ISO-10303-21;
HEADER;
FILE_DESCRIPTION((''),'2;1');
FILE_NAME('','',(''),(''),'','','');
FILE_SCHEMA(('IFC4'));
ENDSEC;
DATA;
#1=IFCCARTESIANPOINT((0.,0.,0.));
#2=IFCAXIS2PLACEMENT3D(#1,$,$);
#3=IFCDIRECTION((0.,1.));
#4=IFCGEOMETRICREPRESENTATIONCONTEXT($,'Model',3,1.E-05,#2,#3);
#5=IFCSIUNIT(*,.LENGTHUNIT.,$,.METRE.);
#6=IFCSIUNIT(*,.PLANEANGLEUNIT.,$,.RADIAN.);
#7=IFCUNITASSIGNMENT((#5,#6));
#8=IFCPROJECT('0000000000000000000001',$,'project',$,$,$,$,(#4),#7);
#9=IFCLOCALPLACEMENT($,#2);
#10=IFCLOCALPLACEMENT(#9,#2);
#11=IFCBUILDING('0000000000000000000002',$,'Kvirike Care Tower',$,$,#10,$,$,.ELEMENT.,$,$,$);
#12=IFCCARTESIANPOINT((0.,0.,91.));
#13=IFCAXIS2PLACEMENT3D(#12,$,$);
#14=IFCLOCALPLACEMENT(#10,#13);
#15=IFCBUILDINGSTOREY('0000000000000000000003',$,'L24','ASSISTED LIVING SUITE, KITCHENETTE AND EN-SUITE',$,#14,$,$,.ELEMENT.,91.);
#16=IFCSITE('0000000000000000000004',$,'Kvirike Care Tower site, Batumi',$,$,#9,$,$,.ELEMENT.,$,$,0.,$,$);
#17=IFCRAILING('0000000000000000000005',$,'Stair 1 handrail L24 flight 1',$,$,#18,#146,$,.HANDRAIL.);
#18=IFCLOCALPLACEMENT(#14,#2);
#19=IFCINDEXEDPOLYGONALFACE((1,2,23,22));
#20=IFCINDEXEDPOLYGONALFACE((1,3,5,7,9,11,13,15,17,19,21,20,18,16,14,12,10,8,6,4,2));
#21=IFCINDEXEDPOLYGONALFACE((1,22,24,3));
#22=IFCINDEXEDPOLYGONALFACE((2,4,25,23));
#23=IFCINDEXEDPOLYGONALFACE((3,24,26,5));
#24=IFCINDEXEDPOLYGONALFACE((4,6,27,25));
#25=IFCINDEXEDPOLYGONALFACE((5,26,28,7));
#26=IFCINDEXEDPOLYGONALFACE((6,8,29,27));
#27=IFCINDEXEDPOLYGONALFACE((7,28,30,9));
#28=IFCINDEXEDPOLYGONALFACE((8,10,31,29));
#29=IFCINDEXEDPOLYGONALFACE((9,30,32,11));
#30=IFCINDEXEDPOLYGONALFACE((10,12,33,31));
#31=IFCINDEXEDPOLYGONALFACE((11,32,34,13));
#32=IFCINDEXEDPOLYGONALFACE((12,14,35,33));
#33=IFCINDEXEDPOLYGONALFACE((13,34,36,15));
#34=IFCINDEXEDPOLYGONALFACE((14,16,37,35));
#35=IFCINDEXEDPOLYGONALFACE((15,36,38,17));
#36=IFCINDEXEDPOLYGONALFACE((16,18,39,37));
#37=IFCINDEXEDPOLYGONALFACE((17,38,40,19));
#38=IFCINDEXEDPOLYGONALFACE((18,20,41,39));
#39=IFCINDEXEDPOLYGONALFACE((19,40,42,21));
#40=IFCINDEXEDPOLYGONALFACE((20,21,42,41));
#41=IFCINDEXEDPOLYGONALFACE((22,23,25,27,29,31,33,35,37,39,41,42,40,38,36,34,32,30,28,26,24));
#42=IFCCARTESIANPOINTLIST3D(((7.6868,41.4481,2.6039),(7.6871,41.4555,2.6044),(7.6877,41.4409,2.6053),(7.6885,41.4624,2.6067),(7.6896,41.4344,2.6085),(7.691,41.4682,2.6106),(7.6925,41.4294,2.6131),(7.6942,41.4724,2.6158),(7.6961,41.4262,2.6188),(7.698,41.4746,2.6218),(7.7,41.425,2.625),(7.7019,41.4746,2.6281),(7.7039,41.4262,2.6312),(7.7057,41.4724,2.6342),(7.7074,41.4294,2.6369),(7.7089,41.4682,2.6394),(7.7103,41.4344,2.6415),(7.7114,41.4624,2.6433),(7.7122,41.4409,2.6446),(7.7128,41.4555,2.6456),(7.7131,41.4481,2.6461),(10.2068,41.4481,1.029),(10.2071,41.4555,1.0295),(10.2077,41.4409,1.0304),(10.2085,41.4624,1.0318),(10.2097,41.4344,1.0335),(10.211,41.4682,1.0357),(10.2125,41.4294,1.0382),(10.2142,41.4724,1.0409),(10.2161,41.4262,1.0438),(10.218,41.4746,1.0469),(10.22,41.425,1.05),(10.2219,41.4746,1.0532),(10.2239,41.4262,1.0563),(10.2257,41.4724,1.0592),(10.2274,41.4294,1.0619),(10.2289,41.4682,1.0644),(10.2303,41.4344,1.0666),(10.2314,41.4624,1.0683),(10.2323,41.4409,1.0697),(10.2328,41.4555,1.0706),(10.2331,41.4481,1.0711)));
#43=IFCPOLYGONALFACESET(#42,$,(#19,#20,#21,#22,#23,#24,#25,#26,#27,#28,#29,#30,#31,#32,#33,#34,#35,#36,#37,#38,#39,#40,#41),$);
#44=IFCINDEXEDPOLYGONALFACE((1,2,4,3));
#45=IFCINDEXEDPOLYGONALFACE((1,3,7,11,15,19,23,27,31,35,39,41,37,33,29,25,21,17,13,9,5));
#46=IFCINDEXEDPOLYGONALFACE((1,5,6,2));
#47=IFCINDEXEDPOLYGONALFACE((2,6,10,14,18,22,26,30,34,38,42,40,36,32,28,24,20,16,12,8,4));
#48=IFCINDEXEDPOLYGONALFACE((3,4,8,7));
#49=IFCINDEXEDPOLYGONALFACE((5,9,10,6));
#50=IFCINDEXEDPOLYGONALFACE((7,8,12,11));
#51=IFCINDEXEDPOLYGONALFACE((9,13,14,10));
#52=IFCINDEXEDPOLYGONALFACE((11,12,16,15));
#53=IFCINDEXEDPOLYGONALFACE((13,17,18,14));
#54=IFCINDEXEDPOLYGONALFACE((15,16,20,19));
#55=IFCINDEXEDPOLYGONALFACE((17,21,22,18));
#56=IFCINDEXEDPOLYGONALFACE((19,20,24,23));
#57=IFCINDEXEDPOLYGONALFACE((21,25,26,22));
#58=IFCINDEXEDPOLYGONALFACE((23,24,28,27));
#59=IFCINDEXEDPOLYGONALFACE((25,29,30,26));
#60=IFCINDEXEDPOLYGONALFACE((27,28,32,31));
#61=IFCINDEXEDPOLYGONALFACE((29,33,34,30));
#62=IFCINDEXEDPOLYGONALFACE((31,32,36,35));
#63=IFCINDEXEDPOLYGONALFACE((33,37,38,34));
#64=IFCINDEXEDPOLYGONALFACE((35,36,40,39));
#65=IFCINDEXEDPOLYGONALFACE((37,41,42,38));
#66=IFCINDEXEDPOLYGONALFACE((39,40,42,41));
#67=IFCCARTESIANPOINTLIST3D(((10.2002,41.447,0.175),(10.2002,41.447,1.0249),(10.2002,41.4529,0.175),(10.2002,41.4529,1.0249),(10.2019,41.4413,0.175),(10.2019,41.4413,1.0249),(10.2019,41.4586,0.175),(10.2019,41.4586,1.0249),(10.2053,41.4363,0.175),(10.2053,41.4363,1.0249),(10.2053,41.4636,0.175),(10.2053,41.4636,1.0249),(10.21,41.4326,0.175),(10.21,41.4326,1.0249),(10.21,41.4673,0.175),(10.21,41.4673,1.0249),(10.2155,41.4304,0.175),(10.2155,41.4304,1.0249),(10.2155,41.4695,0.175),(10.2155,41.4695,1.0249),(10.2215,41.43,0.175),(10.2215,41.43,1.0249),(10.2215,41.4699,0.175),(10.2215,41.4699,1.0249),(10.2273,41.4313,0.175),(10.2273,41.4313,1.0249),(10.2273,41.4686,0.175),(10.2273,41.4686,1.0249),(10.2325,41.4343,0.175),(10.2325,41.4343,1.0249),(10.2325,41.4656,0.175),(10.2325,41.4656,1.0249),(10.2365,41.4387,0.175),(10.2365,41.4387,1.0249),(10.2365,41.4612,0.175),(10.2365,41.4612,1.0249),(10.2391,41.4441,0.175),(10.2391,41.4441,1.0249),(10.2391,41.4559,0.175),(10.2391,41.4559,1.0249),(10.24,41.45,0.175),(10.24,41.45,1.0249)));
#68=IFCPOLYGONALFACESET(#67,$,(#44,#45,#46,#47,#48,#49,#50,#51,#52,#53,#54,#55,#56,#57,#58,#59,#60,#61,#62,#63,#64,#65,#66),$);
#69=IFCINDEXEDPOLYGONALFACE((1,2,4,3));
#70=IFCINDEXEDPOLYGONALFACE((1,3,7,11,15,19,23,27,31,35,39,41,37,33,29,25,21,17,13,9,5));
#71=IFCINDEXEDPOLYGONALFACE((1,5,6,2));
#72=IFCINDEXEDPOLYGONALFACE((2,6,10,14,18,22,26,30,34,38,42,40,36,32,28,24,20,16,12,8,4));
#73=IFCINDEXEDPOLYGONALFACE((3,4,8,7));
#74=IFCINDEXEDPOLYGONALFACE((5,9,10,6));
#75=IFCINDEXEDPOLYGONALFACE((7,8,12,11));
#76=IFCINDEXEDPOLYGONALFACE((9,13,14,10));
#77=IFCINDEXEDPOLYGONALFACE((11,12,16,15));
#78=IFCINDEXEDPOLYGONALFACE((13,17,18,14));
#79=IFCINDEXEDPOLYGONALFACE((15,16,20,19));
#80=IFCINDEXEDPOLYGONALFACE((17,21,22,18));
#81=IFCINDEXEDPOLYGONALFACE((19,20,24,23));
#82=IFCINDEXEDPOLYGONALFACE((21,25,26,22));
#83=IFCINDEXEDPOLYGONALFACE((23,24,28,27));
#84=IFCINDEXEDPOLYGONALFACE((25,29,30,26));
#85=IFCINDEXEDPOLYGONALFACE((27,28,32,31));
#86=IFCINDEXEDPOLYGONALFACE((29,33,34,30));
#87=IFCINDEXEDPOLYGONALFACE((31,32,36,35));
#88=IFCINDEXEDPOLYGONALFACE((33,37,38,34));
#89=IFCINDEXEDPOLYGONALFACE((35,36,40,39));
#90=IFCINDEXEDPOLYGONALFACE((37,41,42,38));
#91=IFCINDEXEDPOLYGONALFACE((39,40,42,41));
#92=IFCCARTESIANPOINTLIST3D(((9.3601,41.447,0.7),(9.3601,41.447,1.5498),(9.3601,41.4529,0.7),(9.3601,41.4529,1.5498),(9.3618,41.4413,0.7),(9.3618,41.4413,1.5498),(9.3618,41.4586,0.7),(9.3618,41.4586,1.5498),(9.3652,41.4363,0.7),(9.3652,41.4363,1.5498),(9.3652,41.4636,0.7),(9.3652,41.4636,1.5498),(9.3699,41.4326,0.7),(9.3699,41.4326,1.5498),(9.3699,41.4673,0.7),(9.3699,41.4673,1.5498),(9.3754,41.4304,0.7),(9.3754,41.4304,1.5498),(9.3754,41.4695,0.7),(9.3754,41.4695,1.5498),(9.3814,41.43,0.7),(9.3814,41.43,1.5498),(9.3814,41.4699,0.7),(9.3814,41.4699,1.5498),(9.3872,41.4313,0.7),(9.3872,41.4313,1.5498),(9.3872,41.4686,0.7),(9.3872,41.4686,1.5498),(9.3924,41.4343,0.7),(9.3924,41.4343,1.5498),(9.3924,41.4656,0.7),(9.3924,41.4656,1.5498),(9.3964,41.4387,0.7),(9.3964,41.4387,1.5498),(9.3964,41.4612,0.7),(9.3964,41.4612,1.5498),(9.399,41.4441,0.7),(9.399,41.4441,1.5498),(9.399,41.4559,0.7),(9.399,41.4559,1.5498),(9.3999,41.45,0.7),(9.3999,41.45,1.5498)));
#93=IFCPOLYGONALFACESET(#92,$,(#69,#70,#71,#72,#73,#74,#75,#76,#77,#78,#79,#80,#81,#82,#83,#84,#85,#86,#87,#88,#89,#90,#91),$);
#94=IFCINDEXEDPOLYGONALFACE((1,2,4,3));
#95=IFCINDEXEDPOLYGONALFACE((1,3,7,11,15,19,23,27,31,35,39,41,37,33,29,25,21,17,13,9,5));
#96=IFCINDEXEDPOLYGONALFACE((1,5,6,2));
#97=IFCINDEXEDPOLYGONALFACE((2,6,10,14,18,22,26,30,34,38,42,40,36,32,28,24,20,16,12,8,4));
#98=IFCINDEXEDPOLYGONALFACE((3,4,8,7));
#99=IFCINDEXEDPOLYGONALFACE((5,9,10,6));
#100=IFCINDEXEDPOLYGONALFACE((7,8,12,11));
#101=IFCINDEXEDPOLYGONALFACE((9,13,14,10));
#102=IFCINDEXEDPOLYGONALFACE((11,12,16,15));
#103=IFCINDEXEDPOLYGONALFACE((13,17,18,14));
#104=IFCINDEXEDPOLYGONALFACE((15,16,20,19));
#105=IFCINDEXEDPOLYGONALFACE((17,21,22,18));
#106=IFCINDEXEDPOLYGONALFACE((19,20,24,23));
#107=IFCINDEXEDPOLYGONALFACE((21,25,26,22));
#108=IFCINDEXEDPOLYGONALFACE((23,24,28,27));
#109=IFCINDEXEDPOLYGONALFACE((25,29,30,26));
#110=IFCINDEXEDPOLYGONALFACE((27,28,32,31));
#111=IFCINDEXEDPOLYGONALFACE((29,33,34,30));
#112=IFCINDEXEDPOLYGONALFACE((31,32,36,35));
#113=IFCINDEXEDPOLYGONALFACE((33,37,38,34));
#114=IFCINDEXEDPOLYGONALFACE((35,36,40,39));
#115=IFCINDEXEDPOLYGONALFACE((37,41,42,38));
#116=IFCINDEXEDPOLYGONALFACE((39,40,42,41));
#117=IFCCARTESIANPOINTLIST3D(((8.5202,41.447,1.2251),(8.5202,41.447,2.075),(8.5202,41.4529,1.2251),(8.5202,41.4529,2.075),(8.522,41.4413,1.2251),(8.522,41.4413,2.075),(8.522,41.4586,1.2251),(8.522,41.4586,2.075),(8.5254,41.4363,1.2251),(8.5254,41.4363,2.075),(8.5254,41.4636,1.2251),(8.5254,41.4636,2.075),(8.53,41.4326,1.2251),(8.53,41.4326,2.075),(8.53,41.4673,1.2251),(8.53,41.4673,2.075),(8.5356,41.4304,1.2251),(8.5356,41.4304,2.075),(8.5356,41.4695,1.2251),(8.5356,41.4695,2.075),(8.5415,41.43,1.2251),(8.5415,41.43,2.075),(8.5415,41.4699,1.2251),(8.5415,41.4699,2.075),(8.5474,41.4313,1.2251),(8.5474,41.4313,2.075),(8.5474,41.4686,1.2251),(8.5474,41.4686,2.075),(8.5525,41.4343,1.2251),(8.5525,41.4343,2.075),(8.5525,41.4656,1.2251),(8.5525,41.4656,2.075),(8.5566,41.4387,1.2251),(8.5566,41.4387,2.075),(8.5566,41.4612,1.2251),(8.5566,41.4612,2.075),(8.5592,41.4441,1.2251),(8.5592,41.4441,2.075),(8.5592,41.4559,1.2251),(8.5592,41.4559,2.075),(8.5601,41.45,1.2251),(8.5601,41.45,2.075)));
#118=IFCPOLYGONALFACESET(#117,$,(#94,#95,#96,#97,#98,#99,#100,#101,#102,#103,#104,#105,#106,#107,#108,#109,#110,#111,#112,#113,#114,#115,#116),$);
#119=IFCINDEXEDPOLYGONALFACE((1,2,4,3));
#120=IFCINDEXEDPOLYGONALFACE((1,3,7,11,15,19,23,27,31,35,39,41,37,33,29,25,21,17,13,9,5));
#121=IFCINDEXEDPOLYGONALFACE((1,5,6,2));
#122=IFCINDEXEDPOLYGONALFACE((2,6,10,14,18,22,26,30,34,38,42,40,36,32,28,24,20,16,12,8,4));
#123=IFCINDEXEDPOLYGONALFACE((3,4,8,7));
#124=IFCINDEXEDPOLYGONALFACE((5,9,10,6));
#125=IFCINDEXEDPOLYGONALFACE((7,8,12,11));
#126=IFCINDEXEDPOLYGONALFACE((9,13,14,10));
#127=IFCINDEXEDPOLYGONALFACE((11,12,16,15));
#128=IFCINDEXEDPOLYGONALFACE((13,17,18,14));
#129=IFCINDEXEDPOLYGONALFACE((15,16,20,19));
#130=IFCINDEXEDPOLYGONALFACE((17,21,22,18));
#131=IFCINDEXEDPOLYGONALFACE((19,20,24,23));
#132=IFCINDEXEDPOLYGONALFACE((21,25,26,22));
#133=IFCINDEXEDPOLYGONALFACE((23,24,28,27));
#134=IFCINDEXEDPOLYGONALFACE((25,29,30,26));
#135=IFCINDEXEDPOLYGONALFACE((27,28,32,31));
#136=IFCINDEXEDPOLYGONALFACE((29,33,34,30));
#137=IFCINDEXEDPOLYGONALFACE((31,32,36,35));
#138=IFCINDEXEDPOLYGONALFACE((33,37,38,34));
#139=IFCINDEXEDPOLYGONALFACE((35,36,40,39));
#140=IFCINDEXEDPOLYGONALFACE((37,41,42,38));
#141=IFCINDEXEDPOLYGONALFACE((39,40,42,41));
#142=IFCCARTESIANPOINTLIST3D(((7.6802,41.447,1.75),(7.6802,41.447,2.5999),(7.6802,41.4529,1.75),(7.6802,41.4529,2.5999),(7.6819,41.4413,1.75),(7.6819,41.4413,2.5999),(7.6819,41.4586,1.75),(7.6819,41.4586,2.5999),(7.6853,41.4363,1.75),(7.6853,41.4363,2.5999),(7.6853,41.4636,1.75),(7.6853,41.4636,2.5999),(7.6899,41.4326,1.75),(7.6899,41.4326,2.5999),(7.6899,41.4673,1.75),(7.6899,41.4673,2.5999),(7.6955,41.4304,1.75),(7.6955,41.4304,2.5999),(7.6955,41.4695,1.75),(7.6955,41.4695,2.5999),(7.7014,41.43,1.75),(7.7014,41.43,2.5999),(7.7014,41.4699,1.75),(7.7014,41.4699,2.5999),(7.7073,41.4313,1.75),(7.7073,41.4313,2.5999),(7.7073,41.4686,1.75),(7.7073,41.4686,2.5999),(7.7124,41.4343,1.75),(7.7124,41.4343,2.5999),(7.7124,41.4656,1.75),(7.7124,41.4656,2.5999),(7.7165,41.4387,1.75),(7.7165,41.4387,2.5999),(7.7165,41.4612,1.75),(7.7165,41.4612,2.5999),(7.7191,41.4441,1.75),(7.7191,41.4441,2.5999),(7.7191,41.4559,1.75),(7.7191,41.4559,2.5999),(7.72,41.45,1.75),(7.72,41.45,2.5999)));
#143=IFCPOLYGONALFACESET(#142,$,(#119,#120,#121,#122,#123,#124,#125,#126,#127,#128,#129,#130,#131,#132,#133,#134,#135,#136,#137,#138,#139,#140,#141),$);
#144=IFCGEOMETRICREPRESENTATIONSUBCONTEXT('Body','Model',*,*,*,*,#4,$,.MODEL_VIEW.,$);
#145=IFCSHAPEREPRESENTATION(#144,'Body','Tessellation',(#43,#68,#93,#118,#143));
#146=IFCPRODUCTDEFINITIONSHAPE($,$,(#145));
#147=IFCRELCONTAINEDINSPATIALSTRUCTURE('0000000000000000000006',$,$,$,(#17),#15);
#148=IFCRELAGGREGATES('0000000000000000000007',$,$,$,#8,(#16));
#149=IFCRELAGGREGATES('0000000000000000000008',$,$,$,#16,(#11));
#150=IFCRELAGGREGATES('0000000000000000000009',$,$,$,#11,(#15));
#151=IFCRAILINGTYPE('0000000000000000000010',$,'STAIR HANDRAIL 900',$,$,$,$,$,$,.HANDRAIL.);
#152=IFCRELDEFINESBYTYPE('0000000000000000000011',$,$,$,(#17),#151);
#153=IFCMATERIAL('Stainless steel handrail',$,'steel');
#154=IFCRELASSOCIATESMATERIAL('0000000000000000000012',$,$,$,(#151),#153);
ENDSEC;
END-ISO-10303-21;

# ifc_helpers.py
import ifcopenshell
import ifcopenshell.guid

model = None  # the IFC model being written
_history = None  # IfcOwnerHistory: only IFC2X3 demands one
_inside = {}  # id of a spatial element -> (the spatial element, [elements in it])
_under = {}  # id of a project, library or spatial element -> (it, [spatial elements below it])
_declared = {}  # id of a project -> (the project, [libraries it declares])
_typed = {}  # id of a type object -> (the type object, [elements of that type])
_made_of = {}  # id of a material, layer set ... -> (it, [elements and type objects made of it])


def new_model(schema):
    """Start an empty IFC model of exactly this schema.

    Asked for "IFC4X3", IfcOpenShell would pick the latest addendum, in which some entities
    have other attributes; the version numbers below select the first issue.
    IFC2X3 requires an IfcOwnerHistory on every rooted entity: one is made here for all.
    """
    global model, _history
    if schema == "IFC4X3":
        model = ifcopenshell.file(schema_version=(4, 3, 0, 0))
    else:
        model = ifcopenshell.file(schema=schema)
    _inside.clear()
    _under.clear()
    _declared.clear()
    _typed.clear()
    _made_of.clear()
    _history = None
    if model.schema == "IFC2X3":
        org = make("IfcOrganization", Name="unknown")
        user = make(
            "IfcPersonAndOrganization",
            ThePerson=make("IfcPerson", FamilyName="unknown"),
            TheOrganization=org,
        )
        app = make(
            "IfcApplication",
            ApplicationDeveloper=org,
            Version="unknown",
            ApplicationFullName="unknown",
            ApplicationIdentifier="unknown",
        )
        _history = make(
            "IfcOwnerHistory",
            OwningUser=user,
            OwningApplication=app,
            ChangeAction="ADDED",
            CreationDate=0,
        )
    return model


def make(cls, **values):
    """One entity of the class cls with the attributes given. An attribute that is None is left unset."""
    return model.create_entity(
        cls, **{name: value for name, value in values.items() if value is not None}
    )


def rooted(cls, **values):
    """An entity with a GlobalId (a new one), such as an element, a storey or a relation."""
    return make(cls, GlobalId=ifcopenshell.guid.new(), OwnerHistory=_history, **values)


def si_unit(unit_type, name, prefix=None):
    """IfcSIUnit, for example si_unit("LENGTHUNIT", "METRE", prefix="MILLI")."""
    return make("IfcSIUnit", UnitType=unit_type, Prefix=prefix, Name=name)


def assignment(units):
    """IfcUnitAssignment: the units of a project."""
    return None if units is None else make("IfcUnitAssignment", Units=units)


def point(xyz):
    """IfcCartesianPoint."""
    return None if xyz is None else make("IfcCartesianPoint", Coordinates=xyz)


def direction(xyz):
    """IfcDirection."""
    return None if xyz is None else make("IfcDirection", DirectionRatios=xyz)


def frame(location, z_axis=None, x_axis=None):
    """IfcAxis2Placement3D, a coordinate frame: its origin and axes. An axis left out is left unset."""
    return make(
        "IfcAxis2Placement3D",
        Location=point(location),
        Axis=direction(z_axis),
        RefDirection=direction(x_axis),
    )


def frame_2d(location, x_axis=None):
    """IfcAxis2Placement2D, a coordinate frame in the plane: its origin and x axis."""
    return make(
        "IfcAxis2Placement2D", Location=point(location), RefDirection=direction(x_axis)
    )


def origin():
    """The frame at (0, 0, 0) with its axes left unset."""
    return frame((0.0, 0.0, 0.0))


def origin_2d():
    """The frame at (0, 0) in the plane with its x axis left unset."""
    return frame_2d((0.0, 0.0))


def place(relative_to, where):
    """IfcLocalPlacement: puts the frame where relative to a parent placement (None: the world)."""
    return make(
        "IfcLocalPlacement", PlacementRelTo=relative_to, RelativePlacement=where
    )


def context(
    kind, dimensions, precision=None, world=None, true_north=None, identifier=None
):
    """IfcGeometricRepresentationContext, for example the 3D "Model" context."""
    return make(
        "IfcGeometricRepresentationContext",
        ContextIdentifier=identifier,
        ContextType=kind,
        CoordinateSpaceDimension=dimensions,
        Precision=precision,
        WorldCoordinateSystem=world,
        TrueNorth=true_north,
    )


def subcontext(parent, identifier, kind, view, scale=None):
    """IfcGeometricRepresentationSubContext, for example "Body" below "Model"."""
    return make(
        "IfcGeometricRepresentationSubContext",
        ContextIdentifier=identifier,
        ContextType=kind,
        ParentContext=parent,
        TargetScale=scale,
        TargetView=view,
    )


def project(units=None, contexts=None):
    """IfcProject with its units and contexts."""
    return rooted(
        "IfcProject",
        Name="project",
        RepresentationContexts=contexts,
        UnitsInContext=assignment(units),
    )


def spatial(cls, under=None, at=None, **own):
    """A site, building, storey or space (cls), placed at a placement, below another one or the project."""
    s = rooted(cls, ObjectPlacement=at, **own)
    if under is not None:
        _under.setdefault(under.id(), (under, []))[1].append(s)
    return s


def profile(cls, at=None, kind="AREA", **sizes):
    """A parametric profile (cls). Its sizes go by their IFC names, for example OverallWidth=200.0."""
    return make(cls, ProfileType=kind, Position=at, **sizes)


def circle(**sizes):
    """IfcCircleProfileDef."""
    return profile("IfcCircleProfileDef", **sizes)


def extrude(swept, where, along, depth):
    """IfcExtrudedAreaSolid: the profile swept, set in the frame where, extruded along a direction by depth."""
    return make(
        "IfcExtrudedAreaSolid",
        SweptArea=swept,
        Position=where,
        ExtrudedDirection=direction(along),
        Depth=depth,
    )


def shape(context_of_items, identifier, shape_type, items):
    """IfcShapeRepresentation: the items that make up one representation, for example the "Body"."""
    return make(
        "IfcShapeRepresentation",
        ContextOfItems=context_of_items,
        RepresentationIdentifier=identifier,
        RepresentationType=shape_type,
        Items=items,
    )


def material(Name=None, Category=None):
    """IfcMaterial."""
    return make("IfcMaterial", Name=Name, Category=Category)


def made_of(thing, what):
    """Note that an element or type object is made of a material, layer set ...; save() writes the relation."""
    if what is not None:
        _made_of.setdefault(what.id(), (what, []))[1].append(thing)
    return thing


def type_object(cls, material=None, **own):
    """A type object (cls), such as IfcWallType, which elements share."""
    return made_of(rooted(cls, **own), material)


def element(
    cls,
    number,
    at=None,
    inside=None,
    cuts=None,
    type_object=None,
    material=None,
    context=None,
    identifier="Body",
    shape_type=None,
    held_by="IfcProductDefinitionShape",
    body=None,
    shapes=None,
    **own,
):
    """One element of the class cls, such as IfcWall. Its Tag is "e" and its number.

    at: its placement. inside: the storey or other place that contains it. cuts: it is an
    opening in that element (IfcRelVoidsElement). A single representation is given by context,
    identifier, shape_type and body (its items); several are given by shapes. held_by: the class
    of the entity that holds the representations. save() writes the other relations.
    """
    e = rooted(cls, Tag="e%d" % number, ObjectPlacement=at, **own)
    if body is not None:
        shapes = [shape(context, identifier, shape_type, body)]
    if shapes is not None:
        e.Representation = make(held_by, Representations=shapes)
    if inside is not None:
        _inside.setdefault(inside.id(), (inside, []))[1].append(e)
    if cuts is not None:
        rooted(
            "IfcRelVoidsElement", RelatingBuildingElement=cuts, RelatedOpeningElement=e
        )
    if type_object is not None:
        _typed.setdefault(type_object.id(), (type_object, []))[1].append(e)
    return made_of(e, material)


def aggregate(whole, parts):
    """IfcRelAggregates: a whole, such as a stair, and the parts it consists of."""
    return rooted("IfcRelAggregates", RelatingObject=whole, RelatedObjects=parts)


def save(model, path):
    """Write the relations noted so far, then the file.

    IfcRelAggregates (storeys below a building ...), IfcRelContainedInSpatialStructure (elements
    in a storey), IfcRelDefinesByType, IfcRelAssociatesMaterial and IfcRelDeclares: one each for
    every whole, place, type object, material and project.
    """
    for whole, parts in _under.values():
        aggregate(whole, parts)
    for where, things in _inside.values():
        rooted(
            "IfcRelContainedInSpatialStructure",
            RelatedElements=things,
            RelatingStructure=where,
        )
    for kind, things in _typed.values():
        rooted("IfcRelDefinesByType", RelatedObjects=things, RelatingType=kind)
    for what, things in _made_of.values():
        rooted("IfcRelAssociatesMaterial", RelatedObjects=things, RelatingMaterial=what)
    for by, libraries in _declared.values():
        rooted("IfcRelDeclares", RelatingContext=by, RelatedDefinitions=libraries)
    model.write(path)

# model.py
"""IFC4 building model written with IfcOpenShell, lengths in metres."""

from ifc_helpers import new_model, si_unit, direction, frame, origin, origin_2d, place, context, subcontext, project, spatial, circle, extrude, material, type_object, element, save


model = new_model("IFC4")

# Units and contexts
model_context = context("Model", 3, precision=1e-05, world=origin(), true_north=direction((0.0, 1.0)))
body_context = subcontext(model_context, "Body", "Model", "MODEL_VIEW")
ifc_project = project(units=[si_unit("LENGTHUNIT", "METRE"), si_unit("PLANEANGLEUNIT", "RADIAN")], contexts=[model_context])

# Site, building, storey
site_placement = place(None, origin())
site = spatial("IfcSite", under=ifc_project, at=site_placement, Name="Kvirike Care Tower site, Batumi", CompositionType="ELEMENT", RefElevation=0.0)
building_placement = place(site_placement, origin())
building = spatial("IfcBuilding", under=site, at=building_placement, Name="Kvirike Care Tower", CompositionType="ELEMENT")
storey_placement = place(building_placement, frame((0.0, 0.0, 91.0)))
storey = spatial("IfcBuildingStorey", under=building, at=storey_placement, Name="L24", Description="ASSISTED LIVING SUITE, KITCHENETTE AND EN-SUITE", CompositionType="ELEMENT", Elevation=91.0)

# Railing
ifc_material_1 = material(Name="Stainless steel handrail", Category="steel")
railing_type = type_object("IfcRailingType", Name="STAIR HANDRAIL 900", PredefinedType="HANDRAIL", material=ifc_material_1)
railing_1_placement = place(storey_placement, frame((10.22, 41.45, 0.175)))
element("IfcRailing", 1, at=railing_1_placement, inside=storey, type_object=railing_type, Name="Stair 1 handrail L24 flight 1", PredefinedType="HANDRAIL", context=body_context, shape_type="SweptSolid", body=[
    extrude(circle(Radius=0.0249, at=origin_2d()), frame((0.0, 0.0, 0.875), z_axis=(-0.848008, 0.0, 0.529984), x_axis=(0.0, -1.0, 0.0)), (0.0, 0.0, 1.0), 2.9717),
    extrude(circle(Radius=0.02, at=origin_2d()), origin(), (0.0, 0.0, 1.0), 0.8499),
    extrude(circle(Radius=0.02, at=origin_2d()), frame((-0.8401, 0.0, 0.5249)), (0.0, 0.0, 1.0), 0.8499),
    extrude(circle(Radius=0.02, at=origin_2d()), frame((-1.6799, 0.0, 1.05)), (0.0, 0.0, 1.0), 0.8499),
    extrude(circle(Radius=0.02, at=origin_2d()), frame((-2.52, 0.0, 1.575)), (0.0, 0.0, 1.0), 0.8499),
])

save(model, "model.ifc")
